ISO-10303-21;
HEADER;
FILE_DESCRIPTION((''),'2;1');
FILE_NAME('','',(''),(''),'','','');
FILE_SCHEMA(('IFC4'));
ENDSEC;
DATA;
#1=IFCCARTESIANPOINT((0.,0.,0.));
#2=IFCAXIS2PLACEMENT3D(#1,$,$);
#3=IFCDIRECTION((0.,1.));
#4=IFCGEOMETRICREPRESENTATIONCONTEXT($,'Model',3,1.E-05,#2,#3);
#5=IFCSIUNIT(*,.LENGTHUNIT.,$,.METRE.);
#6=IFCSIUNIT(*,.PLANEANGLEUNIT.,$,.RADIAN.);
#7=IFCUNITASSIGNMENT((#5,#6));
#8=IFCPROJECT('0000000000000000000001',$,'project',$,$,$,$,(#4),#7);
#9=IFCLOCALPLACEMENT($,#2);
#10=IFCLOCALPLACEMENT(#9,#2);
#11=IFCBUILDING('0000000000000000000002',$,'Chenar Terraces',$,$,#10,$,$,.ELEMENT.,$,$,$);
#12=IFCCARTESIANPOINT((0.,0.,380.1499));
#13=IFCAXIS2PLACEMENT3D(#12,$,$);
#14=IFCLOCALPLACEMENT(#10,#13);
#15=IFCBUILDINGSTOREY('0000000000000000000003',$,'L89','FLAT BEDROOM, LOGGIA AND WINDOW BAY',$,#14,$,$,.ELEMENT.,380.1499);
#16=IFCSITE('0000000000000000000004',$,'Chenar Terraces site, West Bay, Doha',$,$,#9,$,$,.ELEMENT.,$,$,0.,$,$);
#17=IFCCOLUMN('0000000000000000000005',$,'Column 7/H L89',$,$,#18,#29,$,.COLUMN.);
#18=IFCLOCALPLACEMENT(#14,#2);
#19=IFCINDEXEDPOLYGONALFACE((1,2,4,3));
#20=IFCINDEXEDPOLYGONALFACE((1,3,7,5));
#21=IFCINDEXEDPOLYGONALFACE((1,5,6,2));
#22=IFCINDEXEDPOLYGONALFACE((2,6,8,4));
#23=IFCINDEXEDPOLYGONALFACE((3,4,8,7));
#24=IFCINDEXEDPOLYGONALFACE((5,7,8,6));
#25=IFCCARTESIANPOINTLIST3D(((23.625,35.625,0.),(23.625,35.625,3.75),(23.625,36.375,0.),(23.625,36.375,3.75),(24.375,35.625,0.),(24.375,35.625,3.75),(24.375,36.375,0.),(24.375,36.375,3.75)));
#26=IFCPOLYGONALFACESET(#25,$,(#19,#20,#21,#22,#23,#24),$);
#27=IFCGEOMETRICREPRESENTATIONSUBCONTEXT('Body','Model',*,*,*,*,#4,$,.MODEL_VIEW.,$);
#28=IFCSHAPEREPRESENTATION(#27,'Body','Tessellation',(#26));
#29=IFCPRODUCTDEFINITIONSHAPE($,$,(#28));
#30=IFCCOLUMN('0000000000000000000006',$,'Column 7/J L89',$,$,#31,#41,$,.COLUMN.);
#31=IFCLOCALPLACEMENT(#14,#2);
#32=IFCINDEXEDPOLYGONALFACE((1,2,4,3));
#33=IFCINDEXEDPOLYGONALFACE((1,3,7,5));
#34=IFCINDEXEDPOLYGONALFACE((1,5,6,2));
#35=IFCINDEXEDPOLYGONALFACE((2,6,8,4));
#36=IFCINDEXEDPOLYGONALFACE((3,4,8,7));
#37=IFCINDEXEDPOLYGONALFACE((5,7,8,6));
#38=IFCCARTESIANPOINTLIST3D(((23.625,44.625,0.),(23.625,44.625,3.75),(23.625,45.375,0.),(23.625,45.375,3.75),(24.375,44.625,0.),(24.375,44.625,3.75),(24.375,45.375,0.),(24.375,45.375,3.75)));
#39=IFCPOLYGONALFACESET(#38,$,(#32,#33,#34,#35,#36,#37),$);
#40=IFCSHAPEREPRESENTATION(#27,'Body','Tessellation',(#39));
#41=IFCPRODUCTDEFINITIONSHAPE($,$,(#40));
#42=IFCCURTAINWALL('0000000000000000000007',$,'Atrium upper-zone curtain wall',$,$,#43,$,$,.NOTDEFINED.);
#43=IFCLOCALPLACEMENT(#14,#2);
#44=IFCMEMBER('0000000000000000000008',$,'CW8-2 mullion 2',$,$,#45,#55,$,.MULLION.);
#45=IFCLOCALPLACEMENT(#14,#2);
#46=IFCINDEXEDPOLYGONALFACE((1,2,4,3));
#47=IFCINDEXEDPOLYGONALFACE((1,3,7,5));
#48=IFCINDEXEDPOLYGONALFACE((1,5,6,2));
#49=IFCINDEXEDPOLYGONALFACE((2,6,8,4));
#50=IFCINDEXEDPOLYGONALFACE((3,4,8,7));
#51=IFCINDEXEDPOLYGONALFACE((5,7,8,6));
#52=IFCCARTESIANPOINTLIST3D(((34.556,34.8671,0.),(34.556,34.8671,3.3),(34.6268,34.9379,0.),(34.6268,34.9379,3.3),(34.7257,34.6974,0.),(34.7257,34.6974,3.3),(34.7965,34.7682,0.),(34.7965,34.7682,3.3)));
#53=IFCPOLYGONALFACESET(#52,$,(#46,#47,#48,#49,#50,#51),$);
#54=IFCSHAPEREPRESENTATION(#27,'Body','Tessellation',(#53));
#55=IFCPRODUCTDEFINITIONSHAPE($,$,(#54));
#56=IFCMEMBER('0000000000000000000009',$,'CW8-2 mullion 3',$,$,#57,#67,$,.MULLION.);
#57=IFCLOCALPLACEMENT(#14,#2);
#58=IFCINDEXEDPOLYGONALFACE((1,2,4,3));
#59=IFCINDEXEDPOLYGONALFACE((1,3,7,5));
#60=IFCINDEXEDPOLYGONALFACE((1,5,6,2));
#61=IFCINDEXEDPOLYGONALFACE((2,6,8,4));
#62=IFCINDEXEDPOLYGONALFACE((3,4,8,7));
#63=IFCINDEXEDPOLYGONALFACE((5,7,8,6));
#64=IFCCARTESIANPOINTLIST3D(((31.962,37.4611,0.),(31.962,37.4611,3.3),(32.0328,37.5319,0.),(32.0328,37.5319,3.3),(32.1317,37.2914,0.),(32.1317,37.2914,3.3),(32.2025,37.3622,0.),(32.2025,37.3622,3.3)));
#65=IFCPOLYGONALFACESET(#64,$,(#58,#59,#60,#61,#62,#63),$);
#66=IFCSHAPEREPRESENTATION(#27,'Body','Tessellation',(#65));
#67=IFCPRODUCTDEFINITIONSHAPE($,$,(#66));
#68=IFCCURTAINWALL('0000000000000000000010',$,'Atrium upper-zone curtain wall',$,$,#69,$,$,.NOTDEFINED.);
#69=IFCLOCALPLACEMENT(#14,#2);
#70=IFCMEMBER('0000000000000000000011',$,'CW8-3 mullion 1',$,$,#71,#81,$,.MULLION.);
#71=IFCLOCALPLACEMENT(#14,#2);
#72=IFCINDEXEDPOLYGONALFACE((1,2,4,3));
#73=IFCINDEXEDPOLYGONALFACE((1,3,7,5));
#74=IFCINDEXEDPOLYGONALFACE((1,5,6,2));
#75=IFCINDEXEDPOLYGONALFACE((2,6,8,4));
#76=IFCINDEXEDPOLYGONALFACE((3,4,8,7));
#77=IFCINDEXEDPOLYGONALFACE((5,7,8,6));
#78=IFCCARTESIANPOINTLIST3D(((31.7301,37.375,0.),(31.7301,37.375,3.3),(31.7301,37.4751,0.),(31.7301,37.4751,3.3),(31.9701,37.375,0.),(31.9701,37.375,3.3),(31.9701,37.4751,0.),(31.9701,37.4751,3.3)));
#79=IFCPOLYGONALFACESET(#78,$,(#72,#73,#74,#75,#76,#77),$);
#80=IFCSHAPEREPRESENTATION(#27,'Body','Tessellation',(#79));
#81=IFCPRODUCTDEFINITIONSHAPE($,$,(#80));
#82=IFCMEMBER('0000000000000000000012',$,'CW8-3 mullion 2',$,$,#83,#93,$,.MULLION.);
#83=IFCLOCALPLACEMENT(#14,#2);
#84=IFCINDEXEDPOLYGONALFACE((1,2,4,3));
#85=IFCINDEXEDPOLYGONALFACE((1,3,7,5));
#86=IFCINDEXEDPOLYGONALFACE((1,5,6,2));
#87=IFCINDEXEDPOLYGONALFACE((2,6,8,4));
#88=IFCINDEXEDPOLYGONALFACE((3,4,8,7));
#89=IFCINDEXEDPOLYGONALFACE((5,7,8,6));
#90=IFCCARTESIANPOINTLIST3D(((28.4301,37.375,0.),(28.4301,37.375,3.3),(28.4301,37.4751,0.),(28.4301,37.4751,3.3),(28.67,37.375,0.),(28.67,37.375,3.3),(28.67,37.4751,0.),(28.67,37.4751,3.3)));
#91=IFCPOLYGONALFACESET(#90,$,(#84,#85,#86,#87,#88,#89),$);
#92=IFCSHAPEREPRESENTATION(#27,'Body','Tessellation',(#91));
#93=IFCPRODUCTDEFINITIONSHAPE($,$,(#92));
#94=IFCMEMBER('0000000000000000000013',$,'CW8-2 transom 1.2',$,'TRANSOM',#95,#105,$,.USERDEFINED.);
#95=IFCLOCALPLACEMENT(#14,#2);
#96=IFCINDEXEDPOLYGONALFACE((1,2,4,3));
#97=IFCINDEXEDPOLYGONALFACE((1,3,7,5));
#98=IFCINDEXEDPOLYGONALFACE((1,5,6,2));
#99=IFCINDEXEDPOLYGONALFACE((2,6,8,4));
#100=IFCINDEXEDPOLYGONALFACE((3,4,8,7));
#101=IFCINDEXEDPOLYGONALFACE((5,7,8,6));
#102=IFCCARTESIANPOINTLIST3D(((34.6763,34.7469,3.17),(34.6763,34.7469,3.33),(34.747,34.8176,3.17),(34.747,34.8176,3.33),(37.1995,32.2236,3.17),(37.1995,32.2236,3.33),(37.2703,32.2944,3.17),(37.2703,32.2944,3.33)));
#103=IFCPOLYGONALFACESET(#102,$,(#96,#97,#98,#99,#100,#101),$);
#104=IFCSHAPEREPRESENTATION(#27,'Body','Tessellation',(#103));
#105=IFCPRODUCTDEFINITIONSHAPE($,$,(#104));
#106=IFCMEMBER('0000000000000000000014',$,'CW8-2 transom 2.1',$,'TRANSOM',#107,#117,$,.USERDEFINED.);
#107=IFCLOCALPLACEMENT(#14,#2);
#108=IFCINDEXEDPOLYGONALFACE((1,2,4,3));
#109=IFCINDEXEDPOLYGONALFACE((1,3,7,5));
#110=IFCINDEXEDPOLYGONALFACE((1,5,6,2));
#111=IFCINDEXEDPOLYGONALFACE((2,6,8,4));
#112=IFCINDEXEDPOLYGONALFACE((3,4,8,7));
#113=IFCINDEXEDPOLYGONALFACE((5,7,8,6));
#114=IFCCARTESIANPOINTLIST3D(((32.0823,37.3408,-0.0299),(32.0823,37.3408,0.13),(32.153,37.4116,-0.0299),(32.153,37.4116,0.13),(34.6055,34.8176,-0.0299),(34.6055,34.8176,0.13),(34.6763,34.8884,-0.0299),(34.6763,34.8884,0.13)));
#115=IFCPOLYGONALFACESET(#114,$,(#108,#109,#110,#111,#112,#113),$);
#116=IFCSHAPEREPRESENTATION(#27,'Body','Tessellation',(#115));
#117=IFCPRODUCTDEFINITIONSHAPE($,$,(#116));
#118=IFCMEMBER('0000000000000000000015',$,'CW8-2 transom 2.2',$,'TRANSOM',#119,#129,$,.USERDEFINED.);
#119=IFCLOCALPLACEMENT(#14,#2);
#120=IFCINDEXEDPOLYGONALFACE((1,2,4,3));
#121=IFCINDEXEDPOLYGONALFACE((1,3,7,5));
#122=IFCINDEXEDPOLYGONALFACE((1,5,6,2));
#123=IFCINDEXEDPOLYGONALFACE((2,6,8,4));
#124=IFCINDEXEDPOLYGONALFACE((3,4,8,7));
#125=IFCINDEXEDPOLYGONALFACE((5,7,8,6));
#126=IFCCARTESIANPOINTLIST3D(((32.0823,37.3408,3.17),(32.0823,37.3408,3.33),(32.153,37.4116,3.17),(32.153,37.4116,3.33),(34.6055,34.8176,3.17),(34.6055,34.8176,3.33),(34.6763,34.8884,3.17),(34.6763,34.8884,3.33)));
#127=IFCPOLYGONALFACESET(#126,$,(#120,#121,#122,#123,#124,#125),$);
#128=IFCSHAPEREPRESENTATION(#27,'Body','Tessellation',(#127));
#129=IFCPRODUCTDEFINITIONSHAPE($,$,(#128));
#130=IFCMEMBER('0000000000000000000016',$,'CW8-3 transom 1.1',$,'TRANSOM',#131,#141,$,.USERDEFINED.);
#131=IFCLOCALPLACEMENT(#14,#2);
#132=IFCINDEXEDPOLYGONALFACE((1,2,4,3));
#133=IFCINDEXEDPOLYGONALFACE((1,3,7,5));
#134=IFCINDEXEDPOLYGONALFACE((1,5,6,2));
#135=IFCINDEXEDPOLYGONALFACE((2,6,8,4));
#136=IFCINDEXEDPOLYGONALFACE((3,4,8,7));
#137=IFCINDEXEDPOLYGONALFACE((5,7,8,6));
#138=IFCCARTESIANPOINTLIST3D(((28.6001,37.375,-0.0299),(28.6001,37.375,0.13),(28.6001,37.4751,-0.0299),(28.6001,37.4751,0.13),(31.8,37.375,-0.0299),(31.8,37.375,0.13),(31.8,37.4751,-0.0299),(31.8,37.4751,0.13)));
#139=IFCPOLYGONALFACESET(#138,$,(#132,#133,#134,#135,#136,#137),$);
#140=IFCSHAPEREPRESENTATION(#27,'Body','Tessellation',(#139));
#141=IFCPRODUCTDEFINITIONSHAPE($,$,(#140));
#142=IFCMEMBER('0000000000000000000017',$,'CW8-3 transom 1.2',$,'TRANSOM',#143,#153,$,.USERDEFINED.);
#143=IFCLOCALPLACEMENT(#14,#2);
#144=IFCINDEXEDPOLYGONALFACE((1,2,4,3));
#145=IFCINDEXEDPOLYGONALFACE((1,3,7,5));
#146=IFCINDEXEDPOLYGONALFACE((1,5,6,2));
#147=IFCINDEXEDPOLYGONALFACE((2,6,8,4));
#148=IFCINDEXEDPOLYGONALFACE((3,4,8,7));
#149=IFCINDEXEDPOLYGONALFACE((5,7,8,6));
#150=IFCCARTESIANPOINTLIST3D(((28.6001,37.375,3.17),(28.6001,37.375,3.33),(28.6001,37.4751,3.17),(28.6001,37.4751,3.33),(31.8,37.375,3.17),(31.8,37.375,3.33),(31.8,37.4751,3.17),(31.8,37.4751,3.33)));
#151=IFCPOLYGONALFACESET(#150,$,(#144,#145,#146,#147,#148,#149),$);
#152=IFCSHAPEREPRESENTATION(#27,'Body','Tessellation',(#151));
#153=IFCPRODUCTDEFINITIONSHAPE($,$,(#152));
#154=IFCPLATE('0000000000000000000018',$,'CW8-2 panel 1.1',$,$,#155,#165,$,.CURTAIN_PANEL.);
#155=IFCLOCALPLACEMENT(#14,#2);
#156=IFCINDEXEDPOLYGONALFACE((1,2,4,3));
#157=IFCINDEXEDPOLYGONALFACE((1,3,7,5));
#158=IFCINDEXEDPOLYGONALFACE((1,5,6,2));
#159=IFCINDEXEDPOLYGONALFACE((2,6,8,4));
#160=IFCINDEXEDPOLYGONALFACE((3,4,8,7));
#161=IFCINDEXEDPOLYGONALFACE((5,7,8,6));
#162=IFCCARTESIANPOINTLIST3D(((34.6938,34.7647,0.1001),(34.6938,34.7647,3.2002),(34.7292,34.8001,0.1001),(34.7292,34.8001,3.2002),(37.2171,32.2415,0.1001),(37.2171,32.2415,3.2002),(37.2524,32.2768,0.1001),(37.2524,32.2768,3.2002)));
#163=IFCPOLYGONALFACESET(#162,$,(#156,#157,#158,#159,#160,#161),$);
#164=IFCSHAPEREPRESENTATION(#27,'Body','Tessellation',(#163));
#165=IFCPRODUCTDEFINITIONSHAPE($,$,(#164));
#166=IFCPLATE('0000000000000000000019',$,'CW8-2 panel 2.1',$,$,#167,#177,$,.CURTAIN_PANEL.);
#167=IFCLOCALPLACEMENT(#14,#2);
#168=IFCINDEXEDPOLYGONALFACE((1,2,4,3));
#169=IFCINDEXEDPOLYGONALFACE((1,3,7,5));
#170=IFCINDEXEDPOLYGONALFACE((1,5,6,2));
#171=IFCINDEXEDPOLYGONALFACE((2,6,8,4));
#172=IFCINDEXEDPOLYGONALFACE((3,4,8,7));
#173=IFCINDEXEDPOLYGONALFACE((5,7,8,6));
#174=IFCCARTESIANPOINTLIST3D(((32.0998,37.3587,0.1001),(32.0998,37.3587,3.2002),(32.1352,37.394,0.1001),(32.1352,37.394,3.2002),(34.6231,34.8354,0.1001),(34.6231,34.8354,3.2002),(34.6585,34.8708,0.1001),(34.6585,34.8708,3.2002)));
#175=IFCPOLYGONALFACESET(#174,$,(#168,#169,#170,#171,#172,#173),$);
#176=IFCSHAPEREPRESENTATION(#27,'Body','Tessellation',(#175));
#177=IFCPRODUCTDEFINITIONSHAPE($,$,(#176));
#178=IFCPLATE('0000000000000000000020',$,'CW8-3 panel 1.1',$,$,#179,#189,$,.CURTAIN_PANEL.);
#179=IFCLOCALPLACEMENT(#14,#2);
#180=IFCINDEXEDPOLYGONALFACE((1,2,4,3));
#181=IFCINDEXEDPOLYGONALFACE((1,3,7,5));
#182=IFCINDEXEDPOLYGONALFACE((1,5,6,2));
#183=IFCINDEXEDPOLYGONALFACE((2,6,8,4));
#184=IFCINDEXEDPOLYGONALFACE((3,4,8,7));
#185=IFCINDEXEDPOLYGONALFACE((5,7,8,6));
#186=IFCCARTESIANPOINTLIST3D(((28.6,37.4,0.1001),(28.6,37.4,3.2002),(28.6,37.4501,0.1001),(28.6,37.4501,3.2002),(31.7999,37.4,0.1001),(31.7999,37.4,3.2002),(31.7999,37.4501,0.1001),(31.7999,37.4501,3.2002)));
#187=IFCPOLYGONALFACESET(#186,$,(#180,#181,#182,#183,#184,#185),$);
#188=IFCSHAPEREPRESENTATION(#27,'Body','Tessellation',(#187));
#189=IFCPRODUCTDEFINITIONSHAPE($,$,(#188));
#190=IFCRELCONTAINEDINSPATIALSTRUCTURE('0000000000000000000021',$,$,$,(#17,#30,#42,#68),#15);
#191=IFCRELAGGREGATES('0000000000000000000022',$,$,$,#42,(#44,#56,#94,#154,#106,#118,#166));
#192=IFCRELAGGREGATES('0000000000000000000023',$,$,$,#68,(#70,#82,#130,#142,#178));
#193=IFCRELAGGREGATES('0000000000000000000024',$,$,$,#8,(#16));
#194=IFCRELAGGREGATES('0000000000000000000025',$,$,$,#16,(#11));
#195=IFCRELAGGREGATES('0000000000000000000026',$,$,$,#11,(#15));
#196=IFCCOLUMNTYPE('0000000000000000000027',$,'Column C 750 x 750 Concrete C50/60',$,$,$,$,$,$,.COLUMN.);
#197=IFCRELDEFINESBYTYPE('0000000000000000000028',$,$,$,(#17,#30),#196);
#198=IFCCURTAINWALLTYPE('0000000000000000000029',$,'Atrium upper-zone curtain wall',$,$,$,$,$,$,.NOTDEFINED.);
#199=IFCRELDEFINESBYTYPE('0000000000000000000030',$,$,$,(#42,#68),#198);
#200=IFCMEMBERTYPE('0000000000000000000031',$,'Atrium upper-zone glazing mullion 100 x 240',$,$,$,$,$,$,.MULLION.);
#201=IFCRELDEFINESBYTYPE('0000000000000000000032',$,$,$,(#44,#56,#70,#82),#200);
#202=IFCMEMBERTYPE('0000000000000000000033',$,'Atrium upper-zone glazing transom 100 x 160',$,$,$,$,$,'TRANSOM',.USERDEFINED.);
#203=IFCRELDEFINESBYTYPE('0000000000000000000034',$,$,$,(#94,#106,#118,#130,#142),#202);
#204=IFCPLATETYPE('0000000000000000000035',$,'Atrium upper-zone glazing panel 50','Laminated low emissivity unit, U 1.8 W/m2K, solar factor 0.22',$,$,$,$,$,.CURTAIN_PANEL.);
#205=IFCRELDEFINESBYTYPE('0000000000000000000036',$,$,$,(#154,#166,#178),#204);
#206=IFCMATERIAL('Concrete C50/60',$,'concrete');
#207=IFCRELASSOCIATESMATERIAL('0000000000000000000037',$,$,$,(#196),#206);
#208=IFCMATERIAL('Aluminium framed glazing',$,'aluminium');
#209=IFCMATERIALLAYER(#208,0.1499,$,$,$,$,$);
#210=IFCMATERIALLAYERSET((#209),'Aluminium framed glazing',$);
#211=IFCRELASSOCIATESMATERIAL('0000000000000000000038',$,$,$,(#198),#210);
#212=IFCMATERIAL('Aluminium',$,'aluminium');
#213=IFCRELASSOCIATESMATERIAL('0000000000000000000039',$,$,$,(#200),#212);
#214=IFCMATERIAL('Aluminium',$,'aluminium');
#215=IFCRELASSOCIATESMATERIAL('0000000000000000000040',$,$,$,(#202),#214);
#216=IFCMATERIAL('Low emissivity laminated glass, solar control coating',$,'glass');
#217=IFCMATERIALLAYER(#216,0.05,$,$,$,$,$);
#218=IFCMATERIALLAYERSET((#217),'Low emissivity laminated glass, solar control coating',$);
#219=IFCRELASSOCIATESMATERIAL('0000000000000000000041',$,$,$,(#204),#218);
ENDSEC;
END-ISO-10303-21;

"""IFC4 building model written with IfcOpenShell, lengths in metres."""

from ifc_helpers import new_model, si_unit, direction, frame, origin, origin_2d, place, context, subcontext, project, spatial, rectangle, extrude, material, layer, layer_set, material_profile, profile_set, type_object, element, aggregate, save


model = new_model("IFC4")

# Units and contexts
model_context = context("Model", 3, precision=1e-05, world=origin(), true_north=direction((0.0, 1.0)))
body_context = subcontext(model_context, "Body", "Model", "MODEL_VIEW")
ifc_project = project(units=[si_unit("LENGTHUNIT", "METRE"), si_unit("PLANEANGLEUNIT", "RADIAN")], contexts=[model_context])

# Site, building, storey
site_placement = place(None, origin())
site = spatial("IfcSite", under=ifc_project, at=site_placement, Name="Chenar Terraces site, West Bay, Doha", CompositionType="ELEMENT", RefElevation=0.0)
building_placement = place(site_placement, origin())
building = spatial("IfcBuilding", under=site, at=building_placement, Name="Chenar Terraces", CompositionType="ELEMENT")
storey_placement = place(building_placement, frame((0.0, 0.0, 380.1499)))
storey = spatial("IfcBuildingStorey", under=building, at=storey_placement, Name="L89", Description="FLAT BEDROOM, LOGGIA AND WINDOW BAY", CompositionType="ELEMENT", Elevation=380.1499)

# Columns
ifc_material_1 = material(Name="Concrete C50/60", Category="concrete")
ifc_material_profile_1 = material_profile(ifc_material_1, rectangle(XDim=0.75, YDim=0.75, at=origin_2d()), Name="C 750 x 750")
ifc_profile_set_1 = profile_set([ifc_material_profile_1], Name="Concrete C50/60")
column_type = type_object("IfcColumnType", Name="Column C 750 x 750 Concrete C50/60", PredefinedType="COLUMN", material=ifc_profile_set_1)
for number, where, z_axis, x_axis, name in (
    (1, (24.0, 36.0, 0.0), (0.0, 0.0, 1.0), (1.0, 0.0, 0.0), "Column 7/H L89"),
    (2, (24.0, 45.0, 0.0), (0.0, 0.0, 1.0), (1.0, 0.0, 0.0), "Column 7/J L89"),
):
    element("IfcColumn", number, at=place(storey_placement, frame(where, z_axis=z_axis, x_axis=x_axis)), inside=storey, type_object=column_type, Name=name, PredefinedType="COLUMN", context=body_context, shape_type="SweptSolid", body=[
        extrude(rectangle(XDim=0.75, YDim=0.75, at=origin_2d()), origin(), (0.0, 0.0, 1.0), 3.75),
    ])

# Curtain walls, members
ifc_material_2 = material(Name="Aluminium framed glazing", Category="aluminium")
ifc_layer_1 = layer(ifc_material_2, 0.1499)
ifc_layer_set_1 = layer_set([ifc_layer_1], Name="Aluminium framed glazing")
curtain_wall_type = type_object("IfcCurtainWallType", Name="Atrium upper-zone curtain wall", PredefinedType="NOTDEFINED", material=ifc_layer_set_1)
placement = place(storey_placement, origin())
curtain_wall_1 = element("IfcCurtainWall", 3, at=placement, inside=storey, type_object=curtain_wall_type, Name="Atrium upper-zone curtain wall", PredefinedType="NOTDEFINED")
ifc_material_3 = material(Name="Aluminium", Category="aluminium")
ifc_material_profile_2 = material_profile(ifc_material_3, rectangle(XDim=0.1001, YDim=0.24, at=origin_2d()), Name="Atrium upper-zone glazing mullion 100 x 240")
ifc_profile_set_2 = profile_set([ifc_material_profile_2], Name="Aluminium")
member_type_1 = type_object("IfcMemberType", Name="Atrium upper-zone glazing mullion 100 x 240", PredefinedType="MULLION", material=ifc_profile_set_2)
member_1_placement = place(storey_placement, frame((34.6763, 34.8176, 0.0), z_axis=(0.0, 0.0, 1.0), x_axis=(-0.707107, -0.707107, 0.0)))
member_1 = element("IfcMember", 4, at=member_1_placement, type_object=member_type_1, Name="CW8-2 mullion 2", PredefinedType="MULLION", context=body_context, shape_type="SweptSolid", body=[
    extrude(rectangle(XDim=0.1001, YDim=0.24, at=origin_2d()), origin(), (0.0, 0.0, 1.0), 3.3),
])
member_2_placement = place(storey_placement, frame((32.0823, 37.4116, 0.0), z_axis=(0.0, 0.0, 1.0), x_axis=(-0.707107, -0.707107, 0.0)))
member_2 = element("IfcMember", 5, at=member_2_placement, type_object=member_type_1, Name="CW8-2 mullion 3", PredefinedType="MULLION", context=body_context, shape_type="SweptSolid", body=[
    extrude(rectangle(XDim=0.1001, YDim=0.24, at=origin_2d()), origin(), (0.0, 0.0, 1.0), 3.3),
])
curtain_wall_2 = element("IfcCurtainWall", 6, at=placement, inside=storey, type_object=curtain_wall_type, Name="Atrium upper-zone curtain wall", PredefinedType="NOTDEFINED")
member_3_placement = place(storey_placement, frame((31.8501, 37.425, 0.0), z_axis=(0.0, 0.0, 1.0), x_axis=(0.0, -1.0, 0.0)))
member_3 = element("IfcMember", 7, at=member_3_placement, type_object=member_type_1, Name="CW8-3 mullion 1", PredefinedType="MULLION", context=body_context, shape_type="SweptSolid", body=[
    extrude(rectangle(XDim=0.1001, YDim=0.24, at=origin_2d()), origin(), (0.0, 0.0, 1.0), 3.3),
])
member_4_placement = place(storey_placement, frame((28.55, 37.425, 0.0), z_axis=(0.0, 0.0, 1.0), x_axis=(0.0, -1.0, 0.0)))
member_4 = element("IfcMember", 8, at=member_4_placement, type_object=member_type_1, Name="CW8-3 mullion 2", PredefinedType="MULLION", context=body_context, shape_type="SweptSolid", body=[
    extrude(rectangle(XDim=0.1001, YDim=0.24, at=origin_2d()), origin(), (0.0, 0.0, 1.0), 3.3),
])

# Members
ifc_material_4 = material(Name="Aluminium", Category="aluminium")
ifc_material_profile_3 = material_profile(ifc_material_4, rectangle(XDim=0.1001, YDim=0.1599, at=origin_2d()), Name="Atrium upper-zone glazing transom 100 x 160")
ifc_profile_set_3 = profile_set([ifc_material_profile_3], Name="Aluminium")
member_type_2 = type_object("IfcMemberType", Name="Atrium upper-zone glazing transom 100 x 160", ElementType="TRANSOM", PredefinedType="USERDEFINED", material=ifc_profile_set_3)
member_5_placement = place(storey_placement, frame((37.2349, 32.259, 3.25), z_axis=(-0.707107, 0.707107, 0.0), x_axis=(-0.707107, -0.707107, 0.0)))
member_5 = element("IfcMember", 9, at=member_5_placement, type_object=member_type_2, Name="CW8-2 transom 1.2", ObjectType="TRANSOM", PredefinedType="USERDEFINED", context=body_context, shape_type="SweptSolid", body=[
    extrude(rectangle(XDim=0.1001, YDim=0.1599, at=origin_2d()), origin(), (0.0, 0.0, 1.0), 3.5684),
])
member_6_placement = place(storey_placement, frame((34.6409, 34.853, 0.05), z_axis=(-0.707107, 0.707107, 0.0), x_axis=(-0.707107, -0.707107, 0.0)))
member_6 = element("IfcMember", 10, at=member_6_placement, type_object=member_type_2, Name="CW8-2 transom 2.1", ObjectType="TRANSOM", PredefinedType="USERDEFINED", context=body_context, shape_type="SweptSolid", body=[
    extrude(rectangle(XDim=0.1001, YDim=0.1599, at=origin_2d()), origin(), (0.0, 0.0, 1.0), 3.5684),
])
member_7_placement = place(storey_placement, frame((34.6409, 34.853, 3.25), z_axis=(-0.707107, 0.707107, 0.0), x_axis=(-0.707107, -0.707107, 0.0)))
member_7 = element("IfcMember", 11, at=member_7_placement, type_object=member_type_2, Name="CW8-2 transom 2.2", ObjectType="TRANSOM", PredefinedType="USERDEFINED", context=body_context, shape_type="SweptSolid", body=[
    extrude(rectangle(XDim=0.1001, YDim=0.1599, at=origin_2d()), origin(), (0.0, 0.0, 1.0), 3.5684),
])
member_8_placement = place(storey_placement, frame((31.8, 37.425, 0.05), z_axis=(-1.0, 0.0, 0.0), x_axis=(0.0, -1.0, 0.0)))
member_8 = element("IfcMember", 12, at=member_8_placement, type_object=member_type_2, Name="CW8-3 transom 1.1", ObjectType="TRANSOM", PredefinedType="USERDEFINED", context=body_context, shape_type="SweptSolid", body=[
    extrude(rectangle(XDim=0.1001, YDim=0.1599, at=origin_2d()), origin(), (0.0, 0.0, 1.0), 3.2),
])
member_9_placement = place(storey_placement, frame((31.8, 37.425, 3.25), z_axis=(-1.0, 0.0, 0.0), x_axis=(0.0, -1.0, 0.0)))
member_9 = element("IfcMember", 13, at=member_9_placement, type_object=member_type_2, Name="CW8-3 transom 1.2", ObjectType="TRANSOM", PredefinedType="USERDEFINED", context=body_context, shape_type="SweptSolid", body=[
    extrude(rectangle(XDim=0.1001, YDim=0.1599, at=origin_2d()), origin(), (0.0, 0.0, 1.0), 3.2),
])

# Plates
ifc_material_5 = material(Name="Low emissivity laminated glass, solar control coating", Category="glass")
ifc_layer_2 = layer(ifc_material_5, 0.05)
ifc_layer_set_2 = layer_set([ifc_layer_2], Name="Low emissivity laminated glass, solar control coating")
plate_type = type_object("IfcPlateType", Name="Atrium upper-zone glazing panel 50", Description="Laminated low emissivity unit, U 1.8 W/m2K, solar factor 0.22", PredefinedType="CURTAIN_PANEL", material=ifc_layer_set_2)
plate_1_placement = place(storey_placement, frame((35.9731, 33.5208, 0.1001), z_axis=(0.0, 0.0, 1.0), x_axis=(-0.707107, 0.707107, 0.0)))
plate_1 = element("IfcPlate", 14, at=plate_1_placement, type_object=plate_type, Name="CW8-2 panel 1.1", PredefinedType="CURTAIN_PANEL", context=body_context, shape_type="SweptSolid", body=[
    extrude(rectangle(XDim=3.5684, YDim=0.05, at=origin_2d()), origin(), (0.0, 0.0, 1.0), 3.1001),
])
plate_2_placement = place(storey_placement, frame((33.3792, 36.1147, 0.1001), z_axis=(0.0, 0.0, 1.0), x_axis=(-0.707107, 0.707107, 0.0)))
plate_2 = element("IfcPlate", 15, at=plate_2_placement, type_object=plate_type, Name="CW8-2 panel 2.1", PredefinedType="CURTAIN_PANEL", context=body_context, shape_type="SweptSolid", body=[
    extrude(rectangle(XDim=3.5684, YDim=0.05, at=origin_2d()), origin(), (0.0, 0.0, 1.0), 3.1001),
])
aggregate(curtain_wall_1, [member_1, member_2, member_5, plate_1, member_6, member_7, plate_2])
plate_3_placement = place(storey_placement, frame((30.2, 37.425, 0.1001), z_axis=(0.0, 0.0, 1.0), x_axis=(-1.0, 0.0, 0.0)))
plate_3 = element("IfcPlate", 16, at=plate_3_placement, type_object=plate_type, Name="CW8-3 panel 1.1", PredefinedType="CURTAIN_PANEL", context=body_context, shape_type="SweptSolid", body=[
    extrude(rectangle(XDim=3.2, YDim=0.05, at=origin_2d()), origin(), (0.0, 0.0, 1.0), 3.1001),
])
aggregate(curtain_wall_2, [member_3, member_4, member_8, member_9, plate_3])

save(model, "model.ifc")
